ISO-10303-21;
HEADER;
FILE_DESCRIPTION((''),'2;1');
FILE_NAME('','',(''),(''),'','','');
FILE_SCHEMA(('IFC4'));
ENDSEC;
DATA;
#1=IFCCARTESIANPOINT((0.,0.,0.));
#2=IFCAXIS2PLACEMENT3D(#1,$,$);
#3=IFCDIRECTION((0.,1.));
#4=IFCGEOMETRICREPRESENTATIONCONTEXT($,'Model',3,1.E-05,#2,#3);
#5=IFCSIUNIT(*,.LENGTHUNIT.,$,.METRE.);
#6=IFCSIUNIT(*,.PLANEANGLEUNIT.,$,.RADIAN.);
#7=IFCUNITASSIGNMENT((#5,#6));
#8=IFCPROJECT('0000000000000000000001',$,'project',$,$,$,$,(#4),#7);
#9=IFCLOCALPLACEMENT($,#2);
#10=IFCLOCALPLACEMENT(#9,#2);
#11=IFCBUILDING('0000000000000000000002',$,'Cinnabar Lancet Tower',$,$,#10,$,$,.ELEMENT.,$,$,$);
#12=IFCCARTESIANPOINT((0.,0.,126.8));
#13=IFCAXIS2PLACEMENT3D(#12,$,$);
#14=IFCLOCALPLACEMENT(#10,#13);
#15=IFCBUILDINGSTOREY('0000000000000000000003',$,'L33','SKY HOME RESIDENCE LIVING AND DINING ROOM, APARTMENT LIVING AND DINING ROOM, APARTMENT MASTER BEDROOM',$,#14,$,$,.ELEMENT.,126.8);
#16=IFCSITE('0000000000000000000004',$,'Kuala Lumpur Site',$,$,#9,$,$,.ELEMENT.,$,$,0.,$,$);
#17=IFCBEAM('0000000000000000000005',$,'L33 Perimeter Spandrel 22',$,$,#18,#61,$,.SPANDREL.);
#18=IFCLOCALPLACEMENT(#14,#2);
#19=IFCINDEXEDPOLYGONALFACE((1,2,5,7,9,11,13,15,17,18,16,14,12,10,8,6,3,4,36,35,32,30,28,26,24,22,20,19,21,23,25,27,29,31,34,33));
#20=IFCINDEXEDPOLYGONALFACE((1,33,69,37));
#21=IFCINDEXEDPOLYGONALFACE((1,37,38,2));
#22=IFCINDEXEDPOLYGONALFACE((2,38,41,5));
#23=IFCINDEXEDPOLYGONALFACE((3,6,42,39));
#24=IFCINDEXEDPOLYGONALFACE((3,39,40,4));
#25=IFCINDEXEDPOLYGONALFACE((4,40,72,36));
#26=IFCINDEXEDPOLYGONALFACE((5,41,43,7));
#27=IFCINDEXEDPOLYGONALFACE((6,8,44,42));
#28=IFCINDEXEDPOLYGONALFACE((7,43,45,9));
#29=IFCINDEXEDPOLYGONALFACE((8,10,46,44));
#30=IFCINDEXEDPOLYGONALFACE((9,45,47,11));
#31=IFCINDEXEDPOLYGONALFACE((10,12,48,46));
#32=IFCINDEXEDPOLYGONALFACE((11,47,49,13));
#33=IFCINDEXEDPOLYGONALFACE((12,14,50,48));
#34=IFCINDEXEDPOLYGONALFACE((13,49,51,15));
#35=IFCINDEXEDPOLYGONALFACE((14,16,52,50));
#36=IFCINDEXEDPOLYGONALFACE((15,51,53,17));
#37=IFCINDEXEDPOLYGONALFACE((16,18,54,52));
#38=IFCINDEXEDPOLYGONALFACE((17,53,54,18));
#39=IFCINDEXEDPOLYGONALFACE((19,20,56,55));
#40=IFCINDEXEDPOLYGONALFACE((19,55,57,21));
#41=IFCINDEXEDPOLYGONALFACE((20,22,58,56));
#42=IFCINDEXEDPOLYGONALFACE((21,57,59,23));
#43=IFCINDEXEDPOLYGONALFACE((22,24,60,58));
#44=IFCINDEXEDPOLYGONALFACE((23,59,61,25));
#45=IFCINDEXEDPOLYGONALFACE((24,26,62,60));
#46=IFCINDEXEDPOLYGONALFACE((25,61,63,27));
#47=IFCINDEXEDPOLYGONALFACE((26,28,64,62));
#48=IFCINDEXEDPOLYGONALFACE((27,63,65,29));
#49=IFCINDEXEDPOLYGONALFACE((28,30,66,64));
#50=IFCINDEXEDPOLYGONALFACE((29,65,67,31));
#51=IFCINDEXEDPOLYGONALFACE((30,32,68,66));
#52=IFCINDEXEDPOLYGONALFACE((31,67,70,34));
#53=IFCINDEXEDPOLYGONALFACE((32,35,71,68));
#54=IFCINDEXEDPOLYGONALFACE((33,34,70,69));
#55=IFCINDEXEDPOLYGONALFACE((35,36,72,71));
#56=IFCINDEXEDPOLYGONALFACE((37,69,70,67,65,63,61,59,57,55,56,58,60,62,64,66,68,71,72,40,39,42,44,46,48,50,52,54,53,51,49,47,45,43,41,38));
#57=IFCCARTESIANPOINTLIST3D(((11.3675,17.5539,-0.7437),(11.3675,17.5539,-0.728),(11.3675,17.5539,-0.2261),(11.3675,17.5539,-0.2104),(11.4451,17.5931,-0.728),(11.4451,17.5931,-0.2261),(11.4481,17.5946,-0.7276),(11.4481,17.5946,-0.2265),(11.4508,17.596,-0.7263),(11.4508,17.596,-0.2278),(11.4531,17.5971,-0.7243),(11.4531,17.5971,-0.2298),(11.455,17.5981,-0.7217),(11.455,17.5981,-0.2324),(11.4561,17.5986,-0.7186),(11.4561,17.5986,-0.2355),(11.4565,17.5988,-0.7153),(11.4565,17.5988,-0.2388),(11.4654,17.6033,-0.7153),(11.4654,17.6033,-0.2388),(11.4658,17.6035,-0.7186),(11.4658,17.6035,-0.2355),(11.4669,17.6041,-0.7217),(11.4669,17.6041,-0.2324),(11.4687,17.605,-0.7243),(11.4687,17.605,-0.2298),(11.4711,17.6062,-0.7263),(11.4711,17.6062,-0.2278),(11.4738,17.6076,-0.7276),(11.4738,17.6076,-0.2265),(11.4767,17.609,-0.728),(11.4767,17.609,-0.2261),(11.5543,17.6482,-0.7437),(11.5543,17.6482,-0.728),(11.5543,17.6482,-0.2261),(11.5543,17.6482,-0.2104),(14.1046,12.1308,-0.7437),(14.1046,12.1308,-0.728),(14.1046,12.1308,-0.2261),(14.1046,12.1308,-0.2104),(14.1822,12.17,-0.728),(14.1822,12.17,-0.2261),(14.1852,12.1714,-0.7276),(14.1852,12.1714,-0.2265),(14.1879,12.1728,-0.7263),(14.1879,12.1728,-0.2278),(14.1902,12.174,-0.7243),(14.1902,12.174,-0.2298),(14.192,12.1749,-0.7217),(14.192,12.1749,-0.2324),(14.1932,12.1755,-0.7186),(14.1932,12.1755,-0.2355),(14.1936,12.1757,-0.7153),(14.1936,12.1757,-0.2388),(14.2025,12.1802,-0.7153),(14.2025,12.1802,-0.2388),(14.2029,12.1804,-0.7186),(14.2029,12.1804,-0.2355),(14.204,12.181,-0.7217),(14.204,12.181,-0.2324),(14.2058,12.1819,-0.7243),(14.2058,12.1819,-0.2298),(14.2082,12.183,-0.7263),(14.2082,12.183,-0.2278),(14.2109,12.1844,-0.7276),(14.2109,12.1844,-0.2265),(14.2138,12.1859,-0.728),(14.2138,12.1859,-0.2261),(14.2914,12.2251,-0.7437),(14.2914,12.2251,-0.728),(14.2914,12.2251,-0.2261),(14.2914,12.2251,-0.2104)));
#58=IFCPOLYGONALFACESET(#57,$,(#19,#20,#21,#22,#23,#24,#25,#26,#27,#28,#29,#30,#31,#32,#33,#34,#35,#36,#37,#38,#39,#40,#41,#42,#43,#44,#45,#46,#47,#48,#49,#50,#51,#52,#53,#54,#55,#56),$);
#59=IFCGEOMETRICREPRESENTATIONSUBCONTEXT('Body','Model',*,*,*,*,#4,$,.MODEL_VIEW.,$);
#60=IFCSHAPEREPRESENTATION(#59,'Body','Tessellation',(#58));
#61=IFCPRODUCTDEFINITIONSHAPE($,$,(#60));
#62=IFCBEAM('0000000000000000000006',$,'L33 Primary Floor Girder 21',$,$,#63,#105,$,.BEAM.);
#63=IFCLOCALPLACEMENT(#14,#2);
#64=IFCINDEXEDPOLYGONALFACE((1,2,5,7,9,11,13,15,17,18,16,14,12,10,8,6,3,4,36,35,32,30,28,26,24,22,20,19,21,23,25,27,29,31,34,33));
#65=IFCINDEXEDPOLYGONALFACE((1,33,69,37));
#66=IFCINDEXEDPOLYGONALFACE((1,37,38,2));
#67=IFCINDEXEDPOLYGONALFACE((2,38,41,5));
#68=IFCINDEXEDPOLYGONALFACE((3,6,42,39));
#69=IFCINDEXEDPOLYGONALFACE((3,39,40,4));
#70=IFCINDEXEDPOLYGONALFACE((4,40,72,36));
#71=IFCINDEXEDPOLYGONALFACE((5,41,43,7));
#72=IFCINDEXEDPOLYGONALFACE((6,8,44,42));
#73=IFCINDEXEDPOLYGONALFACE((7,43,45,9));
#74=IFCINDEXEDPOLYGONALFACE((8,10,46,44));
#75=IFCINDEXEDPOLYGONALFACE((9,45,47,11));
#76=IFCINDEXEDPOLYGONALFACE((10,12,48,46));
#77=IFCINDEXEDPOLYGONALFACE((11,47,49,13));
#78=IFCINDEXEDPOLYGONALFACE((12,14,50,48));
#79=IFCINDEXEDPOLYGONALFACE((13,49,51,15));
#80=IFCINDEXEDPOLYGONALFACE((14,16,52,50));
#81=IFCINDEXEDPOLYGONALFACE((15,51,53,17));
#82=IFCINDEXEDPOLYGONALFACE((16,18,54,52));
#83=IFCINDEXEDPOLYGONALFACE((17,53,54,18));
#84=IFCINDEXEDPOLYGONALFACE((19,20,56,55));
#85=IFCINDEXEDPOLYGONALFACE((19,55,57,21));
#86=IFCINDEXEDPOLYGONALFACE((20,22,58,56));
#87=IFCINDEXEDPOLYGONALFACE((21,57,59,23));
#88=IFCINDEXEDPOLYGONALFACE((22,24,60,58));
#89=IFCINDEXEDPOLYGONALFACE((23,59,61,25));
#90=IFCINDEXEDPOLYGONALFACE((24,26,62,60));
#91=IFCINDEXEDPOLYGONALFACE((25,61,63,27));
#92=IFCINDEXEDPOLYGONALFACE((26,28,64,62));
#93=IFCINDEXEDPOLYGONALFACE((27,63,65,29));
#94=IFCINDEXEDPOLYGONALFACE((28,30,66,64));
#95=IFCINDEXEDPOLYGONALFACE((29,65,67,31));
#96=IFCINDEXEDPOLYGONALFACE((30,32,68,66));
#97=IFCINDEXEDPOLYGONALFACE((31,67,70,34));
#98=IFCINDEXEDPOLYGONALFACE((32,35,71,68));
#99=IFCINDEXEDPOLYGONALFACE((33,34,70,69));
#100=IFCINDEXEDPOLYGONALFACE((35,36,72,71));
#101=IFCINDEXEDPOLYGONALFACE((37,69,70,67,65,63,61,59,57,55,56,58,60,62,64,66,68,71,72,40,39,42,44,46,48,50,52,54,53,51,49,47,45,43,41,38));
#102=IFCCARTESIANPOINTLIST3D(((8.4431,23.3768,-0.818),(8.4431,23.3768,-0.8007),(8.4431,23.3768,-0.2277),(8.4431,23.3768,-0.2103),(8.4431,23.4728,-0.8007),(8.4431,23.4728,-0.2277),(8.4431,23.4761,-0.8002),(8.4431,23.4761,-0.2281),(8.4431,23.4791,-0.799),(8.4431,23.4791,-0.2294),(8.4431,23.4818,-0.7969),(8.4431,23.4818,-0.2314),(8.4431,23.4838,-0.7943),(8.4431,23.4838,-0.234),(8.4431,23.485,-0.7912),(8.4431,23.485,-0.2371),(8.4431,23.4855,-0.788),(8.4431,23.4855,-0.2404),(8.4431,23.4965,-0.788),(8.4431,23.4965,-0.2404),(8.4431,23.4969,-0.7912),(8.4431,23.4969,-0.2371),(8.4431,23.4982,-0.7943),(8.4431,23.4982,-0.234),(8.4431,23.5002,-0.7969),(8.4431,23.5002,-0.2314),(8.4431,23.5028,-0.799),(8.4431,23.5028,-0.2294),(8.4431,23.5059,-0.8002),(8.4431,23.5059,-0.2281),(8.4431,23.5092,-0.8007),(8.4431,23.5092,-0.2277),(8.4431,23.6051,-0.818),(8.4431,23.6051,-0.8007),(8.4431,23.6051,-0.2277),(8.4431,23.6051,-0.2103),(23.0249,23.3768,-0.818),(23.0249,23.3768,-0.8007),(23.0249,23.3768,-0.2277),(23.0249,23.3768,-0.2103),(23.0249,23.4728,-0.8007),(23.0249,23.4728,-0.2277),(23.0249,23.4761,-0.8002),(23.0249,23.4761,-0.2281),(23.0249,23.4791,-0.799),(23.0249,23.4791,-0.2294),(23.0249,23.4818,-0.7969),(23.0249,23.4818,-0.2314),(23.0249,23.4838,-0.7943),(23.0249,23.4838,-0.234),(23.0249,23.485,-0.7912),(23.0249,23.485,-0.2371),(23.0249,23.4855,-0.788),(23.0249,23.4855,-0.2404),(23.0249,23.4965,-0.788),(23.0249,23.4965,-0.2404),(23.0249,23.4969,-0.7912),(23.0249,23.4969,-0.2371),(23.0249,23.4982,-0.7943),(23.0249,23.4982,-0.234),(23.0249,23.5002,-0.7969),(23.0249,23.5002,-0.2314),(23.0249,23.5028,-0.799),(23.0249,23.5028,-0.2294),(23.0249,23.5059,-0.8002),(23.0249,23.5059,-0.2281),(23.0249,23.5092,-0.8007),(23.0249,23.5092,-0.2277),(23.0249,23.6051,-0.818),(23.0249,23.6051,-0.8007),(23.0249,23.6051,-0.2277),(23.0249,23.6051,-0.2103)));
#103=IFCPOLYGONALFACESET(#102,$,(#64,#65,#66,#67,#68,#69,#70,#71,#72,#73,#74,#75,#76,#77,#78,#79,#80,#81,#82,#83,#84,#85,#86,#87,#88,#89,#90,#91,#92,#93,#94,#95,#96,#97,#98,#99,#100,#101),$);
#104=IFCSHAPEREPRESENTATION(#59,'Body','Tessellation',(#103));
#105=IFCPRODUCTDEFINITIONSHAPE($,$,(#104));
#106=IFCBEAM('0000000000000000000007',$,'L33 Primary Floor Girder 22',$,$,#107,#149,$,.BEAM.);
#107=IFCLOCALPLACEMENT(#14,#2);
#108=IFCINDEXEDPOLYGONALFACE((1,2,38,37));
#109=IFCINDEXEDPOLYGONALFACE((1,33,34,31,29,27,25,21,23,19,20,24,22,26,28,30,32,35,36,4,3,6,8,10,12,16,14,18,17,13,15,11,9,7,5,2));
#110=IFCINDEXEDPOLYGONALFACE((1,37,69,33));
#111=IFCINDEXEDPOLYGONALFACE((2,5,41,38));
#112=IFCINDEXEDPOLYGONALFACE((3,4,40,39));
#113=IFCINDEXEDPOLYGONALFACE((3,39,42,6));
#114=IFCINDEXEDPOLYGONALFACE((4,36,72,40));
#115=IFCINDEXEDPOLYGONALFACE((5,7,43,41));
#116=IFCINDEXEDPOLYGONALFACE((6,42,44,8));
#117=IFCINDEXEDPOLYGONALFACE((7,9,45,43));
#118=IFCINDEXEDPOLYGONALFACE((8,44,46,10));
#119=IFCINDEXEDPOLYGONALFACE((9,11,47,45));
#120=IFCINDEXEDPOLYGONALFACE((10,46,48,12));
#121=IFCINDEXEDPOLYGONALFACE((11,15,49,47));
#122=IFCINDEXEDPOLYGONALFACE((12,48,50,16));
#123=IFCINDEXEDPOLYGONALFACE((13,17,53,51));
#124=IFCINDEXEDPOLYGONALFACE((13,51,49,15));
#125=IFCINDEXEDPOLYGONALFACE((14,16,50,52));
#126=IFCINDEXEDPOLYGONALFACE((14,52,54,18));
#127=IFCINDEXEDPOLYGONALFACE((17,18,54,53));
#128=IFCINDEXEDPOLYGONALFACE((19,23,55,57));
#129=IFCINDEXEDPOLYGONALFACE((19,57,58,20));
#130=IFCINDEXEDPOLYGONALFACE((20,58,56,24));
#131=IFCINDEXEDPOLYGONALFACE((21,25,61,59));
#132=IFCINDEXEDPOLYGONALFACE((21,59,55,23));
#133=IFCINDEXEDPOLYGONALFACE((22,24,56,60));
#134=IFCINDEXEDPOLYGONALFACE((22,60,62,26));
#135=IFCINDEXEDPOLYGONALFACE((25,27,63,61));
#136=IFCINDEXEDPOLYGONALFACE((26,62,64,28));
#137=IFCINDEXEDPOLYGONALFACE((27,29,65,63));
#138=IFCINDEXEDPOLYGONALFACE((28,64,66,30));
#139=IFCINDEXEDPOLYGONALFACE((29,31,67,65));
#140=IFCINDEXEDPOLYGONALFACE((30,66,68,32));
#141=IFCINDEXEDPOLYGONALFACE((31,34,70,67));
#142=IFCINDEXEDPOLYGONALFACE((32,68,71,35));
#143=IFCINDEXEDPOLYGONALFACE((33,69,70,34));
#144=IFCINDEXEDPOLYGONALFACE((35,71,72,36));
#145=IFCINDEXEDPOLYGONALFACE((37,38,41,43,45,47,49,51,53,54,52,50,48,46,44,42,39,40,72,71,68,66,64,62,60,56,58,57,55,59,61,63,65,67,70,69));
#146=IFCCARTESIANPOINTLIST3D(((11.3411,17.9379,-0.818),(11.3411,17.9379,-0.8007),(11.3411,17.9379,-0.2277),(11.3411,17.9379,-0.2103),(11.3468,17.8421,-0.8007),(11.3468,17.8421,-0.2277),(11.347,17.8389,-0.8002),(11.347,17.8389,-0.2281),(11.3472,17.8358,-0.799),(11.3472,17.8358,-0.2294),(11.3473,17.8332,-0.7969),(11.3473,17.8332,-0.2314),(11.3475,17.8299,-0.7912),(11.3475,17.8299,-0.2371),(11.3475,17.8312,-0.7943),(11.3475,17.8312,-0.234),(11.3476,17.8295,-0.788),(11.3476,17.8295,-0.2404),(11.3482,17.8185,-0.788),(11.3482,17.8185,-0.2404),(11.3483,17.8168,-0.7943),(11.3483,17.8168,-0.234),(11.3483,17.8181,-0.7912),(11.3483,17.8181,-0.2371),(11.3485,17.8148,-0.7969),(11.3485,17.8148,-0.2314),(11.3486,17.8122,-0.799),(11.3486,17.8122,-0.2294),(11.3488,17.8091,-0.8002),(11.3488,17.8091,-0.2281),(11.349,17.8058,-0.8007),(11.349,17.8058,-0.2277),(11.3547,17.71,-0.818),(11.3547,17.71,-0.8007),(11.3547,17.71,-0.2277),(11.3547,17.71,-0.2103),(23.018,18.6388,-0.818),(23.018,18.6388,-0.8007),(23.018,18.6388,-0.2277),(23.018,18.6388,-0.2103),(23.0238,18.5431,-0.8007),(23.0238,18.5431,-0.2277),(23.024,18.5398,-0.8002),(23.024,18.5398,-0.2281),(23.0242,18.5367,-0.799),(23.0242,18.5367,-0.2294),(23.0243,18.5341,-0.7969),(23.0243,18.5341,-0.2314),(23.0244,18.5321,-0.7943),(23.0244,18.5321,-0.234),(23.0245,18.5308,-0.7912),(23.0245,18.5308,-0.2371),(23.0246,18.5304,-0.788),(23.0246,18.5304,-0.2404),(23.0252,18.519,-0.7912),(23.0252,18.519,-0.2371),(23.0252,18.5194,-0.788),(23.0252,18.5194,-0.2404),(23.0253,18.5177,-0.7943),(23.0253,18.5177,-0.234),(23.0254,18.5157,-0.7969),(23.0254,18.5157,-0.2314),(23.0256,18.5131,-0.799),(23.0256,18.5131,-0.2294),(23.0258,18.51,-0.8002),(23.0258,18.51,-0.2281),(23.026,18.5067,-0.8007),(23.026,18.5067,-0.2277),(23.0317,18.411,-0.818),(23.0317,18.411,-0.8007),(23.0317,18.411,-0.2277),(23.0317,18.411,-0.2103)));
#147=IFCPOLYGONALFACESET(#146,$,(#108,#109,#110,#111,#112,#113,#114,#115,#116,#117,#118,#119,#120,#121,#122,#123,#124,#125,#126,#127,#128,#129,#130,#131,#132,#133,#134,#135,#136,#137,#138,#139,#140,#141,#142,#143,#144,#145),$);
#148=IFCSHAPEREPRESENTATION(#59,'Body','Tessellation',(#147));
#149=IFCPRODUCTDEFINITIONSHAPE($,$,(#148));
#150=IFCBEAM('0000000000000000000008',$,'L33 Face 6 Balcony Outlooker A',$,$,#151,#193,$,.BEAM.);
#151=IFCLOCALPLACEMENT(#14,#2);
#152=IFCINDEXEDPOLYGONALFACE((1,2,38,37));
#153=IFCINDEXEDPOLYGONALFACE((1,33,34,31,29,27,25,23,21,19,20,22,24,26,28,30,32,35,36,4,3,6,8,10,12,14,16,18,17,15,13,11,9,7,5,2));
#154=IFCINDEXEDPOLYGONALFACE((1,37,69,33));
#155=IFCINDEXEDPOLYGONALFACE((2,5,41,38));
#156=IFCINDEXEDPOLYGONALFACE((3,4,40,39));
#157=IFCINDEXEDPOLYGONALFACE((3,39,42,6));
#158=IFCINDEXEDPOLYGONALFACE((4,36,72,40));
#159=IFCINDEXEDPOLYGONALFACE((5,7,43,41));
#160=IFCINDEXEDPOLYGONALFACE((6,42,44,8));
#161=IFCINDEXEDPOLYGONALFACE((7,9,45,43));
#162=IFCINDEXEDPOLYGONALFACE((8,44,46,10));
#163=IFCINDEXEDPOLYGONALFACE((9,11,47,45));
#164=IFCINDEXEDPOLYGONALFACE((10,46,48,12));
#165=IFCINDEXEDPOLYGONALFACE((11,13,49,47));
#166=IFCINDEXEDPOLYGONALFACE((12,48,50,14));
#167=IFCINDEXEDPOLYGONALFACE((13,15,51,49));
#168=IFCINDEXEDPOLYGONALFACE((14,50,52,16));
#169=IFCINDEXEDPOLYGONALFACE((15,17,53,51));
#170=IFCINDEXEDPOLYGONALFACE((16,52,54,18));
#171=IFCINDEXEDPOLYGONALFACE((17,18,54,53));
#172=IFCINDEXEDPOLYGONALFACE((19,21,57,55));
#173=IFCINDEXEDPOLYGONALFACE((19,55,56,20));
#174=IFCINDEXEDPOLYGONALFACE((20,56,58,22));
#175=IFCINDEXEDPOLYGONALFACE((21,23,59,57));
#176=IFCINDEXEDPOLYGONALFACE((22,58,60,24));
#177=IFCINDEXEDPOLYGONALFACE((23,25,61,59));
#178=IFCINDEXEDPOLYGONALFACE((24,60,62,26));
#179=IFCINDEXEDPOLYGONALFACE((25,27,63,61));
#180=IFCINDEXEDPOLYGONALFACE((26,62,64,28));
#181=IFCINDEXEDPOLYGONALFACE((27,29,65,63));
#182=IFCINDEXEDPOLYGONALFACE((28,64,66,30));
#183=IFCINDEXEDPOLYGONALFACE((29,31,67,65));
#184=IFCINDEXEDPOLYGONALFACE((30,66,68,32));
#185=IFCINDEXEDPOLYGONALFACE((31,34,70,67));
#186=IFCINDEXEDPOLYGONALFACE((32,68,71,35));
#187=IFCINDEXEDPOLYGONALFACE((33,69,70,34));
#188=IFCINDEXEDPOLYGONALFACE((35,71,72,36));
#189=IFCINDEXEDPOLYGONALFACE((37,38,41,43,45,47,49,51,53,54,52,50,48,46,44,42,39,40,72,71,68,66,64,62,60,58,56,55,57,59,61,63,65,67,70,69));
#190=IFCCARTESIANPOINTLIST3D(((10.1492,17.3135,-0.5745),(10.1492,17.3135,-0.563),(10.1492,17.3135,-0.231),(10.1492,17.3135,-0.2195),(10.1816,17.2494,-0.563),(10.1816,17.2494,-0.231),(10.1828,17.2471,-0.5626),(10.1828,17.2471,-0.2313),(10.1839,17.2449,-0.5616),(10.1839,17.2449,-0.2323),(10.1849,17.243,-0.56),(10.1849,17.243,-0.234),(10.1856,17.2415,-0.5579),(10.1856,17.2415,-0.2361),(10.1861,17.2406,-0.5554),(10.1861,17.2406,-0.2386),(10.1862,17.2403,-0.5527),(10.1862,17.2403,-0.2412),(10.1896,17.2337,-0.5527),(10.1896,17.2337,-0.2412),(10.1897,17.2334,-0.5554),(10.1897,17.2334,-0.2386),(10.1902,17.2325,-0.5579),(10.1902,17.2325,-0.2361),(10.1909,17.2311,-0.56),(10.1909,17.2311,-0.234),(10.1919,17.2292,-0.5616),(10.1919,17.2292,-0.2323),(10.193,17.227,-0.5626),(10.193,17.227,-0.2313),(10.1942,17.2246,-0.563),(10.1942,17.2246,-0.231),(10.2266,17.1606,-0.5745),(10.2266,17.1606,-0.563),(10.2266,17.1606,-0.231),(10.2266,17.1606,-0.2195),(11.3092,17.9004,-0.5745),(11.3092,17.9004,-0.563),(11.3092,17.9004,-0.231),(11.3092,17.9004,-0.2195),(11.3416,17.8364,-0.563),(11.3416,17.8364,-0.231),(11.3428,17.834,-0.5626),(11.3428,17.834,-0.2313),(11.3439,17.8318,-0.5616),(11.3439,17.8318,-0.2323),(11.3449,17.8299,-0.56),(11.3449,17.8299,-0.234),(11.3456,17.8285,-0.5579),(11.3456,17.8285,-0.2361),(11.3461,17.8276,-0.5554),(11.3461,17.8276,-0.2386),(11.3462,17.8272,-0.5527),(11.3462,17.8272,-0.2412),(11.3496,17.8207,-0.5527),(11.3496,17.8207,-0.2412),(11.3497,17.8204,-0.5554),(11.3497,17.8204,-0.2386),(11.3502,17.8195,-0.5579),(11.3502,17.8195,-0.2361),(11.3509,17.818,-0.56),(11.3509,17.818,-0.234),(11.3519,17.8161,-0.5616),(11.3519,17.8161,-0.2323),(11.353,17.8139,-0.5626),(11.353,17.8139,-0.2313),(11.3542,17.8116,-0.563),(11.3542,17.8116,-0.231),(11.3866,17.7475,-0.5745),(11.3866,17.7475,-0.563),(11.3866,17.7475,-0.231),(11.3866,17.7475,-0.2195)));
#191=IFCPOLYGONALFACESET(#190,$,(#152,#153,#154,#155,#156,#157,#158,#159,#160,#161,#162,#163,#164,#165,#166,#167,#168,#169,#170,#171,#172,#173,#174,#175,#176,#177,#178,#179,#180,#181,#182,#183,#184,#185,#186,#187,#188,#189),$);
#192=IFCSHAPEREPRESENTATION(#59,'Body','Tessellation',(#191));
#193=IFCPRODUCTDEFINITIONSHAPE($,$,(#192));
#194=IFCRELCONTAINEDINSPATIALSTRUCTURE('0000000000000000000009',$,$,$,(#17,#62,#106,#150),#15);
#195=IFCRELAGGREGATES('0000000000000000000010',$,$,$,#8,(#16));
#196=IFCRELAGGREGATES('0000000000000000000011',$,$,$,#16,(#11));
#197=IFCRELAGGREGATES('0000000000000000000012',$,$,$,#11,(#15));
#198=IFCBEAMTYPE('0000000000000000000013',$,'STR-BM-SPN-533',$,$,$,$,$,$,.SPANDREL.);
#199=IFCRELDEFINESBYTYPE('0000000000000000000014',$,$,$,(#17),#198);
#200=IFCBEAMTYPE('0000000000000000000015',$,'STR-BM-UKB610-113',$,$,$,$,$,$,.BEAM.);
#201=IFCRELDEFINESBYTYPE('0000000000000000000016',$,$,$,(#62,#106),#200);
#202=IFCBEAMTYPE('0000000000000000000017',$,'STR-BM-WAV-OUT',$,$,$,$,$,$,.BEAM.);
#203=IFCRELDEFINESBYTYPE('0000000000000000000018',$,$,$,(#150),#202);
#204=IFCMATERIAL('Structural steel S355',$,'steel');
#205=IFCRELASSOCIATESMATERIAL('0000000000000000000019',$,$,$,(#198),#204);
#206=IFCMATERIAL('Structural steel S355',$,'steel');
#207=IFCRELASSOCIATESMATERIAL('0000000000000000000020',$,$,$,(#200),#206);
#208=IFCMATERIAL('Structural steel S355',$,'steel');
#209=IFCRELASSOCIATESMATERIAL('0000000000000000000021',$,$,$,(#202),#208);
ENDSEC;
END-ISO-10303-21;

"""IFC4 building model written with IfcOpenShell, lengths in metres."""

from ifc_helpers import new_model, si_unit, direction, frame, origin, origin_2d, place, context, subcontext, project, spatial, i_section, extrude, material, material_profile, profile_set, type_object, element, save


model = new_model("IFC4")

# Units and contexts
model_context = context("Model", 3, precision=1e-05, world=origin(), true_north=direction((0.0, 1.0)))
body_context = subcontext(model_context, "Body", "Model", "MODEL_VIEW")
ifc_project = project(units=[si_unit("LENGTHUNIT", "METRE"), si_unit("PLANEANGLEUNIT", "RADIAN")], contexts=[model_context])

# Site, building, storey
site_placement = place(None, origin())
site = spatial("IfcSite", under=ifc_project, at=site_placement, Name="Kuala Lumpur Site", CompositionType="ELEMENT", RefElevation=0.0)
building_placement = place(site_placement, origin())
building = spatial("IfcBuilding", under=site, at=building_placement, Name="Cinnabar Lancet Tower", CompositionType="ELEMENT")
storey_placement = place(building_placement, frame((0.0, 0.0, 126.8)))
storey = spatial("IfcBuildingStorey", under=building, at=storey_placement, Name="L33", Description="SKY HOME RESIDENCE LIVING AND DINING ROOM, APARTMENT LIVING AND DINING ROOM, APARTMENT MASTER BEDROOM", CompositionType="ELEMENT", Elevation=126.8)

# Beams
ifc_material_1 = material(Name="Structural steel S355", Category="steel")
ifc_material_profile_1 = material_profile(ifc_material_1, i_section(OverallWidth=0.2092, OverallDepth=0.5332, WebThickness=0.01, FlangeThickness=0.0156, FilletRadius=0.0127, at=origin_2d()), Name="UKB 533x210x92")
ifc_profile_set_1 = profile_set([ifc_material_profile_1], Name="Structural steel S355")
beam_type_1 = type_object("IfcBeamType", Name="STR-BM-SPN-533", PredefinedType="SPANDREL", material=ifc_profile_set_1)
beam_1_placement = place(storey_placement, frame((11.4609, 17.6011, -0.4771), z_axis=(0.45057, -0.892741, 0.0), x_axis=(0.892741, 0.45057, 0.0)))
element("IfcBeam", 1, at=beam_1_placement, inside=storey, type_object=beam_type_1, Name="L33 Perimeter Spandrel 22", PredefinedType="SPANDREL", context=body_context, shape_type="SweptSolid", body=[
    extrude(i_section(OverallWidth=0.2092, OverallDepth=0.5332, WebThickness=0.01, FlangeThickness=0.0156, FilletRadius=0.0127, at=origin_2d()), origin(), (0.0, 0.0, 1.0), 6.0747),
])
ifc_material_2 = material(Name="Structural steel S355", Category="steel")
ifc_material_profile_2 = material_profile(ifc_material_2, i_section(OverallWidth=0.2283, OverallDepth=0.6077, WebThickness=0.011, FlangeThickness=0.0173, FilletRadius=0.0127, at=origin_2d()), Name="UKB 610x229x113")
ifc_profile_set_2 = profile_set([ifc_material_profile_2], Name="Structural steel S355")
beam_type_2 = type_object("IfcBeamType", Name="STR-BM-UKB610-113", PredefinedType="BEAM", material=ifc_profile_set_2)
beam_2_placement = place(storey_placement, frame((8.4431, 23.491, -0.5142), z_axis=(1.0, 0.0, 0.0), x_axis=(0.0, 1.0, 0.0)))
element("IfcBeam", 2, at=beam_2_placement, inside=storey, type_object=beam_type_2, Name="L33 Primary Floor Girder 21", PredefinedType="BEAM", context=body_context, shape_type="SweptSolid", body=[
    extrude(i_section(OverallWidth=0.2283, OverallDepth=0.6077, WebThickness=0.011, FlangeThickness=0.0173, FilletRadius=0.0127, at=origin_2d()), origin(), (0.0, 0.0, 1.0), 14.5818),
])
beam_3_placement = place(storey_placement, frame((11.3479, 17.824, -0.5142), z_axis=(0.998203, 0.059918, 0.0), x_axis=(-0.059918, 0.998203, 0.0)))
element("IfcBeam", 3, at=beam_3_placement, inside=storey, type_object=beam_type_2, Name="L33 Primary Floor Girder 22", PredefinedType="BEAM", context=body_context, shape_type="SweptSolid", body=[
    extrude(i_section(OverallWidth=0.2283, OverallDepth=0.6077, WebThickness=0.011, FlangeThickness=0.0173, FilletRadius=0.0127, at=origin_2d()), origin(), (0.0, 0.0, 1.0), 11.698),
])
ifc_material_3 = material(Name="Structural steel S355", Category="steel")
ifc_material_profile_3 = material_profile(ifc_material_3, i_section(OverallWidth=0.1714, OverallDepth=0.355, WebThickness=0.0073, FlangeThickness=0.0115, FilletRadius=0.0103, at=origin_2d()), Name="UKB 356x171x51")
ifc_profile_set_3 = profile_set([ifc_material_profile_3], Name="Structural steel S355")
beam_type_3 = type_object("IfcBeamType", Name="STR-BM-WAV-OUT", PredefinedType="BEAM", material=ifc_profile_set_3)
beam_4_placement = place(storey_placement, frame((11.3479, 17.824, -0.397), z_axis=(-0.892276, -0.45149, 0.0), x_axis=(0.45149, -0.892276, 0.0)))
element("IfcBeam", 4, at=beam_4_placement, inside=storey, type_object=beam_type_3, Name="L33 Face 6 Balcony Outlooker A", PredefinedType="BEAM", context=body_context, shape_type="SweptSolid", body=[
    extrude(i_section(OverallWidth=0.1714, OverallDepth=0.355, WebThickness=0.0073, FlangeThickness=0.0115, FilletRadius=0.0103, at=origin_2d()), origin(), (0.0, 0.0, 1.0), 1.3),
])

save(model, "model.ifc")
